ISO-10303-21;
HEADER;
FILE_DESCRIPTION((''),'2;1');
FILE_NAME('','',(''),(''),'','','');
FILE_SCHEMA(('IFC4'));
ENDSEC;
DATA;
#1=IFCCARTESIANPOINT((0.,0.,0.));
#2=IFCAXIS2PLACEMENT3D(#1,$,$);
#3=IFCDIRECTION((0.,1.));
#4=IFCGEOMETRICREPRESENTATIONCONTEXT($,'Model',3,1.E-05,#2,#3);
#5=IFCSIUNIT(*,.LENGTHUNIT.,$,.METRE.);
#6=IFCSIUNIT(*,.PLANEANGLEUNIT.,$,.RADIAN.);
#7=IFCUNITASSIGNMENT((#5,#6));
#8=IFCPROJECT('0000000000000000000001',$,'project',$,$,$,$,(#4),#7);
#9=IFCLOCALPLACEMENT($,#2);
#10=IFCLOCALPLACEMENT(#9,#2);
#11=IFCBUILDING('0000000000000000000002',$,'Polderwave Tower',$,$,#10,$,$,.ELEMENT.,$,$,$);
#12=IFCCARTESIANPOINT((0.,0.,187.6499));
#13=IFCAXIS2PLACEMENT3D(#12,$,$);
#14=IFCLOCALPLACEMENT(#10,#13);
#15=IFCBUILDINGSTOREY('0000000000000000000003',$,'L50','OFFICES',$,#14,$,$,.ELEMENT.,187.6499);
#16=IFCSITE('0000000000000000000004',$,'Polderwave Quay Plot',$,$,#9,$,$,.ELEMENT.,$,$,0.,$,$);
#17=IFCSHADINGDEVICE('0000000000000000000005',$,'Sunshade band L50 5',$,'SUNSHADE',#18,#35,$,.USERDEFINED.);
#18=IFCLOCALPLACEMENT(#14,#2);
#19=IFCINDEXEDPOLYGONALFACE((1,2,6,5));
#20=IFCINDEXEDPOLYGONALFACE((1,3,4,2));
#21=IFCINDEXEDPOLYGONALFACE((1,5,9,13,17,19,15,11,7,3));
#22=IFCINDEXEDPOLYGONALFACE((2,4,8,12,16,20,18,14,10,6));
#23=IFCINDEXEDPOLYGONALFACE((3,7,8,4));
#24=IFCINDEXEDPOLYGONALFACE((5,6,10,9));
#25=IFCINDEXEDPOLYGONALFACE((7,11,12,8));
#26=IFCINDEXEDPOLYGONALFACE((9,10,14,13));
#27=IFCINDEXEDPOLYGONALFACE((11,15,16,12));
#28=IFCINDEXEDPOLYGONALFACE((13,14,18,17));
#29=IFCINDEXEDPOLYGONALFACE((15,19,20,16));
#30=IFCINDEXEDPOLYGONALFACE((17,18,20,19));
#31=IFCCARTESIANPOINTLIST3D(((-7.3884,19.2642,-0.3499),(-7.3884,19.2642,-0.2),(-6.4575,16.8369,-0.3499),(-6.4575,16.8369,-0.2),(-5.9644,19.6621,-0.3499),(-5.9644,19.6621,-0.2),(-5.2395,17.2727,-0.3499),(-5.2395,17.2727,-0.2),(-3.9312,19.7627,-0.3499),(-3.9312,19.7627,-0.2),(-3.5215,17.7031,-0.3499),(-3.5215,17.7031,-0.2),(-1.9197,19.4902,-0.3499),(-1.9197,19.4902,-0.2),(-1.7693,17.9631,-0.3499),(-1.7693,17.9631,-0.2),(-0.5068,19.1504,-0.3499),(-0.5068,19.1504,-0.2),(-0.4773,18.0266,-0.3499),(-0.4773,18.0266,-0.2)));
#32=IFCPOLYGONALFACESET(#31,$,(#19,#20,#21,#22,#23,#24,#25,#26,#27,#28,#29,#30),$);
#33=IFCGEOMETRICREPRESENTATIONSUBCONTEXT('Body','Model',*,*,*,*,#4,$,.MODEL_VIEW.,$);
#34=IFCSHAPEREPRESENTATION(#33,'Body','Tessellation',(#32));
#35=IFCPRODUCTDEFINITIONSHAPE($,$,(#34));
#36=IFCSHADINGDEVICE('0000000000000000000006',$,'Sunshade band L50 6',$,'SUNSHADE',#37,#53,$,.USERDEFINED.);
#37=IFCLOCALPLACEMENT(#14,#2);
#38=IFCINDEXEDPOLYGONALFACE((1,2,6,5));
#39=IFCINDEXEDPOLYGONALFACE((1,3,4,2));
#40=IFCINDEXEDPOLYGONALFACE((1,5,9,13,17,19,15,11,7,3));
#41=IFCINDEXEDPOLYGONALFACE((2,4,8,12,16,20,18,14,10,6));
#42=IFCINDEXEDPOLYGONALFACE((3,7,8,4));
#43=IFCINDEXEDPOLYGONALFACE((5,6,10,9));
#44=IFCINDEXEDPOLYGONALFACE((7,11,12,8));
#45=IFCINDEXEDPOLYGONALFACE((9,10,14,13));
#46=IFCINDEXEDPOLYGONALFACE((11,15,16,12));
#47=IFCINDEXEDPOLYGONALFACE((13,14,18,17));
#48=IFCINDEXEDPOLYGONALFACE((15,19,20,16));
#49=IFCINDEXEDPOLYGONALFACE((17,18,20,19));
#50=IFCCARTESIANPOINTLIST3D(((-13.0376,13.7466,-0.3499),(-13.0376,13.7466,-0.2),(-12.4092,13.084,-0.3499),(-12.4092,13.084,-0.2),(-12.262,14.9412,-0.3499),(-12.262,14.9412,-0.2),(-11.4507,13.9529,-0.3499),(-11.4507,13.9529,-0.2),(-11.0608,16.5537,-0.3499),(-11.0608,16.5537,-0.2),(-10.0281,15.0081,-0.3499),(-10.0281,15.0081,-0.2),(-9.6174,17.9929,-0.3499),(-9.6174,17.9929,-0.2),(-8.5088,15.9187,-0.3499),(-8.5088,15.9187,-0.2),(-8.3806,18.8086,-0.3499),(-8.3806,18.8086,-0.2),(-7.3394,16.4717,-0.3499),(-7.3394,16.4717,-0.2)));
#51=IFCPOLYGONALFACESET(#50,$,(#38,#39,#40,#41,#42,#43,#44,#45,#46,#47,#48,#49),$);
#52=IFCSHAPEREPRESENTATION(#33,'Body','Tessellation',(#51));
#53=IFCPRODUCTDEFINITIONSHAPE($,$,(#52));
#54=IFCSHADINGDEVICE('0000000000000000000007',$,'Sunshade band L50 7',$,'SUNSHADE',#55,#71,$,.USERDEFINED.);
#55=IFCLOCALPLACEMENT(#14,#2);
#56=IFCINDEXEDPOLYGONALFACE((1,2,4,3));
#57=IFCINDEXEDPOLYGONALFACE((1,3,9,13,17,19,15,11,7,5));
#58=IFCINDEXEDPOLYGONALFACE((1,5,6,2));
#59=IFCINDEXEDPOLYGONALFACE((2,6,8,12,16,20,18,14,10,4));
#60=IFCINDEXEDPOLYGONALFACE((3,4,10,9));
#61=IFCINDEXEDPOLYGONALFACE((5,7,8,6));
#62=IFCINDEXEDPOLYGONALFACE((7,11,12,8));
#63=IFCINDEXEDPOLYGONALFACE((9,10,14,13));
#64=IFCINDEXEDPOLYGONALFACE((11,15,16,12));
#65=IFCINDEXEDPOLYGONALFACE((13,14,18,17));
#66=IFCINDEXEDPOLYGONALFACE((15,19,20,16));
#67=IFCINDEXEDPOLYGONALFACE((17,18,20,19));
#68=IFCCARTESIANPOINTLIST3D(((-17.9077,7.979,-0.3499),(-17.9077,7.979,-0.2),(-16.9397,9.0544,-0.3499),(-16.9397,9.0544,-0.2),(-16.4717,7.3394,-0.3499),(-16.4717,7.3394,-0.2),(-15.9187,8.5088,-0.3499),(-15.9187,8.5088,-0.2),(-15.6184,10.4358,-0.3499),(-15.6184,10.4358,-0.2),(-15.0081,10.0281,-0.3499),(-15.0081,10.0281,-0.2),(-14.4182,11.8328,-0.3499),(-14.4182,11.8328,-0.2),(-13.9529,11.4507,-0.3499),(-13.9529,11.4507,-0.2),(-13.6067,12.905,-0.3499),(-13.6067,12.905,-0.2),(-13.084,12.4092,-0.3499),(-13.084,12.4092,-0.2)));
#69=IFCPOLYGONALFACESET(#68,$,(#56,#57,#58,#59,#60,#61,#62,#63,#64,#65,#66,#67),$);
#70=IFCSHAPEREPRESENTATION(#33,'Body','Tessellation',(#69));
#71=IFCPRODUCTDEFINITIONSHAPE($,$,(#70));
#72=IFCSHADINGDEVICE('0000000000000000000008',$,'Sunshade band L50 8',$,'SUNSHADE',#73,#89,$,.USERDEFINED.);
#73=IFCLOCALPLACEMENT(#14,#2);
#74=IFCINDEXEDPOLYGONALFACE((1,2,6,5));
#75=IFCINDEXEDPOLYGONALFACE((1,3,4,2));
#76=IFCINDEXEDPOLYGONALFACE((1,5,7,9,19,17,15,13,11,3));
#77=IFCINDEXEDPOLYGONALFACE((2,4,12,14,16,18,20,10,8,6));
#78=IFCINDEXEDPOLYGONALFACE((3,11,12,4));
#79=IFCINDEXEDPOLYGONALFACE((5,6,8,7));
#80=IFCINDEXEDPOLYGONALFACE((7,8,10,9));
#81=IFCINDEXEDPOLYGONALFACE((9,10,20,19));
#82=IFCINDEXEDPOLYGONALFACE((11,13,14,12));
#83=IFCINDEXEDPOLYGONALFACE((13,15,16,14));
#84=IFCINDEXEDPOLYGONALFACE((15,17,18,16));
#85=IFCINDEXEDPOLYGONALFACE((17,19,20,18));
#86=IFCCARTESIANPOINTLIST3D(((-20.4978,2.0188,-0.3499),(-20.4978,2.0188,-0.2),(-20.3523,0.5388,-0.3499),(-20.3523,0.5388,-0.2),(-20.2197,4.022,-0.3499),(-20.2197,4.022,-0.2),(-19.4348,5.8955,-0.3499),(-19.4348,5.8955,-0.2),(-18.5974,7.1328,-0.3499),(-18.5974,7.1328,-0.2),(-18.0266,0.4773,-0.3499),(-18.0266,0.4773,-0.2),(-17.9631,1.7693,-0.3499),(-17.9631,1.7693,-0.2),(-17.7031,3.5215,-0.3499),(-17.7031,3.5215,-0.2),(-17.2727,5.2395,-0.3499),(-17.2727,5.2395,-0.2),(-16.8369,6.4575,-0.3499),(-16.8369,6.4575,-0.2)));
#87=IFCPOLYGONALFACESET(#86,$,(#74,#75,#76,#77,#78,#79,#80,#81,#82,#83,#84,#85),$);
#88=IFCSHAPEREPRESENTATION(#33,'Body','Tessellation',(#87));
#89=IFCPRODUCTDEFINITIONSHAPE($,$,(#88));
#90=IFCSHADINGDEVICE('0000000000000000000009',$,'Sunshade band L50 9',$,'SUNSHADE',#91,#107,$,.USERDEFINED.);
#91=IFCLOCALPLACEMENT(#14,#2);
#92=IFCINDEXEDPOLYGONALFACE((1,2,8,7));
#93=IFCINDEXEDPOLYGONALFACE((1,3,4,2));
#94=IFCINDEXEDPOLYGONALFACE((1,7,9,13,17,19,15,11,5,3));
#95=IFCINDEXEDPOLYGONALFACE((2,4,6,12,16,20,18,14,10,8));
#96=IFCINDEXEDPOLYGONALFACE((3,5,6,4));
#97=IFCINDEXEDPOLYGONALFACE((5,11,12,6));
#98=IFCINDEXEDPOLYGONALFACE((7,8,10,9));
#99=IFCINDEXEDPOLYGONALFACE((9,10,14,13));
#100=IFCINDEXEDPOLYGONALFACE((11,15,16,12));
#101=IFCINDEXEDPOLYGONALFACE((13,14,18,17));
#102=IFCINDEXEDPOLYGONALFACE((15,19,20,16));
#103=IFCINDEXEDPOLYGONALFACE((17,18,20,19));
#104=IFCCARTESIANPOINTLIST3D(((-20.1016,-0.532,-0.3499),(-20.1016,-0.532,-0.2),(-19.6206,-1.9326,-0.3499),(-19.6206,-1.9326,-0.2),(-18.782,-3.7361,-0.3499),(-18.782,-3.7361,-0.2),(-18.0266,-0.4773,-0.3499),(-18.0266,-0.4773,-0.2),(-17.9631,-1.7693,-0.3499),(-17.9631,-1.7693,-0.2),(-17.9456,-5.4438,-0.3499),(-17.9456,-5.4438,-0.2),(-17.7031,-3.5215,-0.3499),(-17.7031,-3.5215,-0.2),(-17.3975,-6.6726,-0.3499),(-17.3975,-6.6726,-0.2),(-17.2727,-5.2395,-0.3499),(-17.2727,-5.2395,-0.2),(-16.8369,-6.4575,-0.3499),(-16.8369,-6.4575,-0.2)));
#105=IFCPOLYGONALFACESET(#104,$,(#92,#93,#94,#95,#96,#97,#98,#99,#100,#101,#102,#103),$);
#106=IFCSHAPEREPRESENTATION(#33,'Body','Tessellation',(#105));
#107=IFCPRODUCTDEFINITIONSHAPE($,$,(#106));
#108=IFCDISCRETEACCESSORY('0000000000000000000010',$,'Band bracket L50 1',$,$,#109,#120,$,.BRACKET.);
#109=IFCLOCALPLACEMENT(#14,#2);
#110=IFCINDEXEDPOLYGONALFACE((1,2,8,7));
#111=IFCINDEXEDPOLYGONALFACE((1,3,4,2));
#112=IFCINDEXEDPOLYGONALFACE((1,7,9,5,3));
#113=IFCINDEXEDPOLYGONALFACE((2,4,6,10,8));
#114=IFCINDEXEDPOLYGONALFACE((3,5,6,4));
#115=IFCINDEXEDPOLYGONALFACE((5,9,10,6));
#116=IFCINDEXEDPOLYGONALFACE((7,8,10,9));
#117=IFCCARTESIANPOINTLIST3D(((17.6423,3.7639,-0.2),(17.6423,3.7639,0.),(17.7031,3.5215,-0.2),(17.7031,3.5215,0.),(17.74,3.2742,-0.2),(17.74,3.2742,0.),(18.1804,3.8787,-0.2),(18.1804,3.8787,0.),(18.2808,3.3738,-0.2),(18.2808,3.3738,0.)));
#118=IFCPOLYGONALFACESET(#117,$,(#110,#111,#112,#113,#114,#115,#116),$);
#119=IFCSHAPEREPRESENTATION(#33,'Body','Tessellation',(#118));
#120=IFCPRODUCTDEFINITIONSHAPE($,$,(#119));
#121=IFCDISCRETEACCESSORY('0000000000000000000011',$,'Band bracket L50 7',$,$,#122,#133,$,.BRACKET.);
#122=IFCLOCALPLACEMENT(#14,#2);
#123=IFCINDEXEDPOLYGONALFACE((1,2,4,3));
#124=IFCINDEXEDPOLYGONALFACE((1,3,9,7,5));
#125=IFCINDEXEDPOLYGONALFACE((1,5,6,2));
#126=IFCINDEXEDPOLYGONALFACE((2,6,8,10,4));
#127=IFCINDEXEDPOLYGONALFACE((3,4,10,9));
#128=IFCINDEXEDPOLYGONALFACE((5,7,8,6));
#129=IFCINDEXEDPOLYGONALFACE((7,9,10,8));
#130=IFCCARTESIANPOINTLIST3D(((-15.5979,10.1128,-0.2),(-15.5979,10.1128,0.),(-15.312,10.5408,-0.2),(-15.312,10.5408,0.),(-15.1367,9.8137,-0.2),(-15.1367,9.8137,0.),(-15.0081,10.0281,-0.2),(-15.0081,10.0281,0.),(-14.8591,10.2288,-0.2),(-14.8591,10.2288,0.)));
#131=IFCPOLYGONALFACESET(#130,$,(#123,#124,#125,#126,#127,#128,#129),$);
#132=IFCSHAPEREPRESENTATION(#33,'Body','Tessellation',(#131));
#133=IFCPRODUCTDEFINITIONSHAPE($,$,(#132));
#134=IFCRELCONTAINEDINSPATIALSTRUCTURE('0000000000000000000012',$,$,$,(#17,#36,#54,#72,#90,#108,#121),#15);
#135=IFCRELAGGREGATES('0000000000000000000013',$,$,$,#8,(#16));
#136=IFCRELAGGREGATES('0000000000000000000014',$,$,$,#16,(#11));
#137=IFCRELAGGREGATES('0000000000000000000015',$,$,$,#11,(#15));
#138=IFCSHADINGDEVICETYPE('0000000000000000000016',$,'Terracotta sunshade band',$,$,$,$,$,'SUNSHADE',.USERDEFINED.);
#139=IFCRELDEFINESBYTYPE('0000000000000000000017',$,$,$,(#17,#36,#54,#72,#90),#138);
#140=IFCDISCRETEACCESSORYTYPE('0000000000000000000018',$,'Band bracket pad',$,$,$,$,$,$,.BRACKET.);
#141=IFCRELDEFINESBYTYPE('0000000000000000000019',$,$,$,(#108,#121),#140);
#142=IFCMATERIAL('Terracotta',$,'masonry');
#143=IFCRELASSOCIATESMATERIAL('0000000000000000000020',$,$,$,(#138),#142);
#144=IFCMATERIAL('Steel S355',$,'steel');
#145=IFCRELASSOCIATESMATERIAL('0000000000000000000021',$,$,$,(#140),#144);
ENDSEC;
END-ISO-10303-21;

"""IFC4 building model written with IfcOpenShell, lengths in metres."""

from ifc_helpers import new_model, si_unit, direction, frame, origin, place, context, subcontext, project, spatial, polyline, outline, extrude, material, type_object, element, save


model = new_model("IFC4")

# Units and contexts
model_context = context("Model", 3, precision=1e-05, world=origin(), true_north=direction((0.0, 1.0)))
body_context = subcontext(model_context, "Body", "Model", "MODEL_VIEW")
ifc_project = project(units=[si_unit("LENGTHUNIT", "METRE"), si_unit("PLANEANGLEUNIT", "RADIAN")], contexts=[model_context])

# Site, building, storey
site_placement = place(None, origin())
site = spatial("IfcSite", under=ifc_project, at=site_placement, Name="Polderwave Quay Plot", CompositionType="ELEMENT", RefElevation=0.0)
building_placement = place(site_placement, origin())
building = spatial("IfcBuilding", under=site, at=building_placement, Name="Polderwave Tower", CompositionType="ELEMENT")
storey_placement = place(building_placement, frame((0.0, 0.0, 187.6499)))
storey = spatial("IfcBuildingStorey", under=building, at=storey_placement, Name="L50", Description="OFFICES", CompositionType="ELEMENT", Elevation=187.6499)

# Shading devices
ifc_material_1 = material(Name="Terracotta", Category="masonry")
shading_device_type = type_object("IfcShadingDeviceType", Name="Terracotta sunshade band", ElementType="SUNSHADE", PredefinedType="USERDEFINED", material=ifc_material_1)
shading_device_1_placement = place(storey_placement, frame((0.0, 0.0, -0.3499)))
element("IfcShadingDevice", 1, at=shading_device_1_placement, inside=storey, type_object=shading_device_type, Name="Sunshade band L50 5", ObjectType="SUNSHADE", PredefinedType="USERDEFINED", context=body_context, shape_type="SweptSolid", body=[
    extrude(outline(polyline([(-0.4773, 18.0266), (-1.7693, 17.9631), (-3.5215, 17.7031), (-5.2395, 17.2727), (-6.4575, 16.8369), (-7.3884, 19.2642), (-5.9644, 19.6621), (-3.9312, 19.7627), (-1.9197, 19.4902), (-0.5068, 19.1504), (-0.4773, 18.0266)])), origin(), (0.0, 0.0, 1.0), 0.1499),
])
shading_device_2_placement = place(storey_placement, frame((0.0, 0.0, -0.3499)))
element("IfcShadingDevice", 2, at=shading_device_2_placement, inside=storey, type_object=shading_device_type, Name="Sunshade band L50 6", ObjectType="SUNSHADE", PredefinedType="USERDEFINED", context=body_context, shape_type="SweptSolid", body=[
    extrude(outline(polyline([(-7.3394, 16.4717), (-8.5088, 15.9187), (-10.0281, 15.0081), (-11.4507, 13.9529), (-12.4092, 13.084), (-13.0376, 13.7466), (-12.262, 14.9412), (-11.0608, 16.5537), (-9.6174, 17.9929), (-8.3806, 18.8086), (-7.3394, 16.4717)])), origin(), (0.0, 0.0, 1.0), 0.1499),
])
shading_device_3_placement = place(storey_placement, frame((0.0, 0.0, -0.3499)))
element("IfcShadingDevice", 3, at=shading_device_3_placement, inside=storey, type_object=shading_device_type, Name="Sunshade band L50 7", ObjectType="SUNSHADE", PredefinedType="USERDEFINED", context=body_context, shape_type="SweptSolid", body=[
    extrude(outline(polyline([(-13.084, 12.4092), (-13.9529, 11.4507), (-15.0081, 10.0281), (-15.9187, 8.5088), (-16.4717, 7.3394), (-17.9077, 7.979), (-16.9397, 9.0544), (-15.6184, 10.4358), (-14.4182, 11.8328), (-13.6067, 12.905), (-13.084, 12.4092)])), origin(), (0.0, 0.0, 1.0), 0.1499),
])
shading_device_4_placement = place(storey_placement, frame((0.0, 0.0, -0.3499)))
element("IfcShadingDevice", 4, at=shading_device_4_placement, inside=storey, type_object=shading_device_type, Name="Sunshade band L50 8", ObjectType="SUNSHADE", PredefinedType="USERDEFINED", context=body_context, shape_type="SweptSolid", body=[
    extrude(outline(polyline([(-16.8369, 6.4575), (-17.2727, 5.2395), (-17.7031, 3.5215), (-17.9631, 1.7693), (-18.0266, 0.4773), (-20.3523, 0.5388), (-20.4978, 2.0188), (-20.2197, 4.022), (-19.4348, 5.8955), (-18.5974, 7.1328), (-16.8369, 6.4575)])), origin(), (0.0, 0.0, 1.0), 0.1499),
])
shading_device_5_placement = place(storey_placement, frame((0.0, 0.0, -0.3499)))
element("IfcShadingDevice", 5, at=shading_device_5_placement, inside=storey, type_object=shading_device_type, Name="Sunshade band L50 9", ObjectType="SUNSHADE", PredefinedType="USERDEFINED", context=body_context, shape_type="SweptSolid", body=[
    extrude(outline(polyline([(-18.0266, -0.4773), (-17.9631, -1.7693), (-17.7031, -3.5215), (-17.2727, -5.2395), (-16.8369, -6.4575), (-17.3975, -6.6726), (-17.9456, -5.4438), (-18.782, -3.7361), (-19.6206, -1.9326), (-20.1016, -0.532), (-18.0266, -0.4773)])), origin(), (0.0, 0.0, 1.0), 0.1499),
])

# Discrete accessories
ifc_material_2 = material(Name="Steel S355", Category="steel")
discrete_accessory_type = type_object("IfcDiscreteAccessoryType", Name="Band bracket pad", PredefinedType="BRACKET", material=ifc_material_2)
discrete_accessory_1_placement = place(storey_placement, frame((0.0, 0.0, -0.2)))
element("IfcDiscreteAccessory", 6, at=discrete_accessory_1_placement, inside=storey, type_object=discrete_accessory_type, Name="Band bracket L50 1", PredefinedType="BRACKET", context=body_context, shape_type="SweptSolid", body=[
    extrude(outline(polyline([(17.74, 3.2742), (17.7031, 3.5215), (17.6423, 3.7639), (18.1804, 3.8787), (18.2808, 3.3738), (17.74, 3.2742)])), origin(), (0.0, 0.0, 1.0), 0.2),
])
discrete_accessory_2_placement = place(storey_placement, frame((0.0, 0.0, -0.2)))
element("IfcDiscreteAccessory", 7, at=discrete_accessory_2_placement, inside=storey, type_object=discrete_accessory_type, Name="Band bracket L50 7", PredefinedType="BRACKET", context=body_context, shape_type="SweptSolid", body=[
    extrude(outline(polyline([(-14.8591, 10.2288), (-15.0081, 10.0281), (-15.1367, 9.8137), (-15.5979, 10.1128), (-15.312, 10.5408), (-14.8591, 10.2288)])), origin(), (0.0, 0.0, 1.0), 0.2),
])

save(model, "model.ifc")
